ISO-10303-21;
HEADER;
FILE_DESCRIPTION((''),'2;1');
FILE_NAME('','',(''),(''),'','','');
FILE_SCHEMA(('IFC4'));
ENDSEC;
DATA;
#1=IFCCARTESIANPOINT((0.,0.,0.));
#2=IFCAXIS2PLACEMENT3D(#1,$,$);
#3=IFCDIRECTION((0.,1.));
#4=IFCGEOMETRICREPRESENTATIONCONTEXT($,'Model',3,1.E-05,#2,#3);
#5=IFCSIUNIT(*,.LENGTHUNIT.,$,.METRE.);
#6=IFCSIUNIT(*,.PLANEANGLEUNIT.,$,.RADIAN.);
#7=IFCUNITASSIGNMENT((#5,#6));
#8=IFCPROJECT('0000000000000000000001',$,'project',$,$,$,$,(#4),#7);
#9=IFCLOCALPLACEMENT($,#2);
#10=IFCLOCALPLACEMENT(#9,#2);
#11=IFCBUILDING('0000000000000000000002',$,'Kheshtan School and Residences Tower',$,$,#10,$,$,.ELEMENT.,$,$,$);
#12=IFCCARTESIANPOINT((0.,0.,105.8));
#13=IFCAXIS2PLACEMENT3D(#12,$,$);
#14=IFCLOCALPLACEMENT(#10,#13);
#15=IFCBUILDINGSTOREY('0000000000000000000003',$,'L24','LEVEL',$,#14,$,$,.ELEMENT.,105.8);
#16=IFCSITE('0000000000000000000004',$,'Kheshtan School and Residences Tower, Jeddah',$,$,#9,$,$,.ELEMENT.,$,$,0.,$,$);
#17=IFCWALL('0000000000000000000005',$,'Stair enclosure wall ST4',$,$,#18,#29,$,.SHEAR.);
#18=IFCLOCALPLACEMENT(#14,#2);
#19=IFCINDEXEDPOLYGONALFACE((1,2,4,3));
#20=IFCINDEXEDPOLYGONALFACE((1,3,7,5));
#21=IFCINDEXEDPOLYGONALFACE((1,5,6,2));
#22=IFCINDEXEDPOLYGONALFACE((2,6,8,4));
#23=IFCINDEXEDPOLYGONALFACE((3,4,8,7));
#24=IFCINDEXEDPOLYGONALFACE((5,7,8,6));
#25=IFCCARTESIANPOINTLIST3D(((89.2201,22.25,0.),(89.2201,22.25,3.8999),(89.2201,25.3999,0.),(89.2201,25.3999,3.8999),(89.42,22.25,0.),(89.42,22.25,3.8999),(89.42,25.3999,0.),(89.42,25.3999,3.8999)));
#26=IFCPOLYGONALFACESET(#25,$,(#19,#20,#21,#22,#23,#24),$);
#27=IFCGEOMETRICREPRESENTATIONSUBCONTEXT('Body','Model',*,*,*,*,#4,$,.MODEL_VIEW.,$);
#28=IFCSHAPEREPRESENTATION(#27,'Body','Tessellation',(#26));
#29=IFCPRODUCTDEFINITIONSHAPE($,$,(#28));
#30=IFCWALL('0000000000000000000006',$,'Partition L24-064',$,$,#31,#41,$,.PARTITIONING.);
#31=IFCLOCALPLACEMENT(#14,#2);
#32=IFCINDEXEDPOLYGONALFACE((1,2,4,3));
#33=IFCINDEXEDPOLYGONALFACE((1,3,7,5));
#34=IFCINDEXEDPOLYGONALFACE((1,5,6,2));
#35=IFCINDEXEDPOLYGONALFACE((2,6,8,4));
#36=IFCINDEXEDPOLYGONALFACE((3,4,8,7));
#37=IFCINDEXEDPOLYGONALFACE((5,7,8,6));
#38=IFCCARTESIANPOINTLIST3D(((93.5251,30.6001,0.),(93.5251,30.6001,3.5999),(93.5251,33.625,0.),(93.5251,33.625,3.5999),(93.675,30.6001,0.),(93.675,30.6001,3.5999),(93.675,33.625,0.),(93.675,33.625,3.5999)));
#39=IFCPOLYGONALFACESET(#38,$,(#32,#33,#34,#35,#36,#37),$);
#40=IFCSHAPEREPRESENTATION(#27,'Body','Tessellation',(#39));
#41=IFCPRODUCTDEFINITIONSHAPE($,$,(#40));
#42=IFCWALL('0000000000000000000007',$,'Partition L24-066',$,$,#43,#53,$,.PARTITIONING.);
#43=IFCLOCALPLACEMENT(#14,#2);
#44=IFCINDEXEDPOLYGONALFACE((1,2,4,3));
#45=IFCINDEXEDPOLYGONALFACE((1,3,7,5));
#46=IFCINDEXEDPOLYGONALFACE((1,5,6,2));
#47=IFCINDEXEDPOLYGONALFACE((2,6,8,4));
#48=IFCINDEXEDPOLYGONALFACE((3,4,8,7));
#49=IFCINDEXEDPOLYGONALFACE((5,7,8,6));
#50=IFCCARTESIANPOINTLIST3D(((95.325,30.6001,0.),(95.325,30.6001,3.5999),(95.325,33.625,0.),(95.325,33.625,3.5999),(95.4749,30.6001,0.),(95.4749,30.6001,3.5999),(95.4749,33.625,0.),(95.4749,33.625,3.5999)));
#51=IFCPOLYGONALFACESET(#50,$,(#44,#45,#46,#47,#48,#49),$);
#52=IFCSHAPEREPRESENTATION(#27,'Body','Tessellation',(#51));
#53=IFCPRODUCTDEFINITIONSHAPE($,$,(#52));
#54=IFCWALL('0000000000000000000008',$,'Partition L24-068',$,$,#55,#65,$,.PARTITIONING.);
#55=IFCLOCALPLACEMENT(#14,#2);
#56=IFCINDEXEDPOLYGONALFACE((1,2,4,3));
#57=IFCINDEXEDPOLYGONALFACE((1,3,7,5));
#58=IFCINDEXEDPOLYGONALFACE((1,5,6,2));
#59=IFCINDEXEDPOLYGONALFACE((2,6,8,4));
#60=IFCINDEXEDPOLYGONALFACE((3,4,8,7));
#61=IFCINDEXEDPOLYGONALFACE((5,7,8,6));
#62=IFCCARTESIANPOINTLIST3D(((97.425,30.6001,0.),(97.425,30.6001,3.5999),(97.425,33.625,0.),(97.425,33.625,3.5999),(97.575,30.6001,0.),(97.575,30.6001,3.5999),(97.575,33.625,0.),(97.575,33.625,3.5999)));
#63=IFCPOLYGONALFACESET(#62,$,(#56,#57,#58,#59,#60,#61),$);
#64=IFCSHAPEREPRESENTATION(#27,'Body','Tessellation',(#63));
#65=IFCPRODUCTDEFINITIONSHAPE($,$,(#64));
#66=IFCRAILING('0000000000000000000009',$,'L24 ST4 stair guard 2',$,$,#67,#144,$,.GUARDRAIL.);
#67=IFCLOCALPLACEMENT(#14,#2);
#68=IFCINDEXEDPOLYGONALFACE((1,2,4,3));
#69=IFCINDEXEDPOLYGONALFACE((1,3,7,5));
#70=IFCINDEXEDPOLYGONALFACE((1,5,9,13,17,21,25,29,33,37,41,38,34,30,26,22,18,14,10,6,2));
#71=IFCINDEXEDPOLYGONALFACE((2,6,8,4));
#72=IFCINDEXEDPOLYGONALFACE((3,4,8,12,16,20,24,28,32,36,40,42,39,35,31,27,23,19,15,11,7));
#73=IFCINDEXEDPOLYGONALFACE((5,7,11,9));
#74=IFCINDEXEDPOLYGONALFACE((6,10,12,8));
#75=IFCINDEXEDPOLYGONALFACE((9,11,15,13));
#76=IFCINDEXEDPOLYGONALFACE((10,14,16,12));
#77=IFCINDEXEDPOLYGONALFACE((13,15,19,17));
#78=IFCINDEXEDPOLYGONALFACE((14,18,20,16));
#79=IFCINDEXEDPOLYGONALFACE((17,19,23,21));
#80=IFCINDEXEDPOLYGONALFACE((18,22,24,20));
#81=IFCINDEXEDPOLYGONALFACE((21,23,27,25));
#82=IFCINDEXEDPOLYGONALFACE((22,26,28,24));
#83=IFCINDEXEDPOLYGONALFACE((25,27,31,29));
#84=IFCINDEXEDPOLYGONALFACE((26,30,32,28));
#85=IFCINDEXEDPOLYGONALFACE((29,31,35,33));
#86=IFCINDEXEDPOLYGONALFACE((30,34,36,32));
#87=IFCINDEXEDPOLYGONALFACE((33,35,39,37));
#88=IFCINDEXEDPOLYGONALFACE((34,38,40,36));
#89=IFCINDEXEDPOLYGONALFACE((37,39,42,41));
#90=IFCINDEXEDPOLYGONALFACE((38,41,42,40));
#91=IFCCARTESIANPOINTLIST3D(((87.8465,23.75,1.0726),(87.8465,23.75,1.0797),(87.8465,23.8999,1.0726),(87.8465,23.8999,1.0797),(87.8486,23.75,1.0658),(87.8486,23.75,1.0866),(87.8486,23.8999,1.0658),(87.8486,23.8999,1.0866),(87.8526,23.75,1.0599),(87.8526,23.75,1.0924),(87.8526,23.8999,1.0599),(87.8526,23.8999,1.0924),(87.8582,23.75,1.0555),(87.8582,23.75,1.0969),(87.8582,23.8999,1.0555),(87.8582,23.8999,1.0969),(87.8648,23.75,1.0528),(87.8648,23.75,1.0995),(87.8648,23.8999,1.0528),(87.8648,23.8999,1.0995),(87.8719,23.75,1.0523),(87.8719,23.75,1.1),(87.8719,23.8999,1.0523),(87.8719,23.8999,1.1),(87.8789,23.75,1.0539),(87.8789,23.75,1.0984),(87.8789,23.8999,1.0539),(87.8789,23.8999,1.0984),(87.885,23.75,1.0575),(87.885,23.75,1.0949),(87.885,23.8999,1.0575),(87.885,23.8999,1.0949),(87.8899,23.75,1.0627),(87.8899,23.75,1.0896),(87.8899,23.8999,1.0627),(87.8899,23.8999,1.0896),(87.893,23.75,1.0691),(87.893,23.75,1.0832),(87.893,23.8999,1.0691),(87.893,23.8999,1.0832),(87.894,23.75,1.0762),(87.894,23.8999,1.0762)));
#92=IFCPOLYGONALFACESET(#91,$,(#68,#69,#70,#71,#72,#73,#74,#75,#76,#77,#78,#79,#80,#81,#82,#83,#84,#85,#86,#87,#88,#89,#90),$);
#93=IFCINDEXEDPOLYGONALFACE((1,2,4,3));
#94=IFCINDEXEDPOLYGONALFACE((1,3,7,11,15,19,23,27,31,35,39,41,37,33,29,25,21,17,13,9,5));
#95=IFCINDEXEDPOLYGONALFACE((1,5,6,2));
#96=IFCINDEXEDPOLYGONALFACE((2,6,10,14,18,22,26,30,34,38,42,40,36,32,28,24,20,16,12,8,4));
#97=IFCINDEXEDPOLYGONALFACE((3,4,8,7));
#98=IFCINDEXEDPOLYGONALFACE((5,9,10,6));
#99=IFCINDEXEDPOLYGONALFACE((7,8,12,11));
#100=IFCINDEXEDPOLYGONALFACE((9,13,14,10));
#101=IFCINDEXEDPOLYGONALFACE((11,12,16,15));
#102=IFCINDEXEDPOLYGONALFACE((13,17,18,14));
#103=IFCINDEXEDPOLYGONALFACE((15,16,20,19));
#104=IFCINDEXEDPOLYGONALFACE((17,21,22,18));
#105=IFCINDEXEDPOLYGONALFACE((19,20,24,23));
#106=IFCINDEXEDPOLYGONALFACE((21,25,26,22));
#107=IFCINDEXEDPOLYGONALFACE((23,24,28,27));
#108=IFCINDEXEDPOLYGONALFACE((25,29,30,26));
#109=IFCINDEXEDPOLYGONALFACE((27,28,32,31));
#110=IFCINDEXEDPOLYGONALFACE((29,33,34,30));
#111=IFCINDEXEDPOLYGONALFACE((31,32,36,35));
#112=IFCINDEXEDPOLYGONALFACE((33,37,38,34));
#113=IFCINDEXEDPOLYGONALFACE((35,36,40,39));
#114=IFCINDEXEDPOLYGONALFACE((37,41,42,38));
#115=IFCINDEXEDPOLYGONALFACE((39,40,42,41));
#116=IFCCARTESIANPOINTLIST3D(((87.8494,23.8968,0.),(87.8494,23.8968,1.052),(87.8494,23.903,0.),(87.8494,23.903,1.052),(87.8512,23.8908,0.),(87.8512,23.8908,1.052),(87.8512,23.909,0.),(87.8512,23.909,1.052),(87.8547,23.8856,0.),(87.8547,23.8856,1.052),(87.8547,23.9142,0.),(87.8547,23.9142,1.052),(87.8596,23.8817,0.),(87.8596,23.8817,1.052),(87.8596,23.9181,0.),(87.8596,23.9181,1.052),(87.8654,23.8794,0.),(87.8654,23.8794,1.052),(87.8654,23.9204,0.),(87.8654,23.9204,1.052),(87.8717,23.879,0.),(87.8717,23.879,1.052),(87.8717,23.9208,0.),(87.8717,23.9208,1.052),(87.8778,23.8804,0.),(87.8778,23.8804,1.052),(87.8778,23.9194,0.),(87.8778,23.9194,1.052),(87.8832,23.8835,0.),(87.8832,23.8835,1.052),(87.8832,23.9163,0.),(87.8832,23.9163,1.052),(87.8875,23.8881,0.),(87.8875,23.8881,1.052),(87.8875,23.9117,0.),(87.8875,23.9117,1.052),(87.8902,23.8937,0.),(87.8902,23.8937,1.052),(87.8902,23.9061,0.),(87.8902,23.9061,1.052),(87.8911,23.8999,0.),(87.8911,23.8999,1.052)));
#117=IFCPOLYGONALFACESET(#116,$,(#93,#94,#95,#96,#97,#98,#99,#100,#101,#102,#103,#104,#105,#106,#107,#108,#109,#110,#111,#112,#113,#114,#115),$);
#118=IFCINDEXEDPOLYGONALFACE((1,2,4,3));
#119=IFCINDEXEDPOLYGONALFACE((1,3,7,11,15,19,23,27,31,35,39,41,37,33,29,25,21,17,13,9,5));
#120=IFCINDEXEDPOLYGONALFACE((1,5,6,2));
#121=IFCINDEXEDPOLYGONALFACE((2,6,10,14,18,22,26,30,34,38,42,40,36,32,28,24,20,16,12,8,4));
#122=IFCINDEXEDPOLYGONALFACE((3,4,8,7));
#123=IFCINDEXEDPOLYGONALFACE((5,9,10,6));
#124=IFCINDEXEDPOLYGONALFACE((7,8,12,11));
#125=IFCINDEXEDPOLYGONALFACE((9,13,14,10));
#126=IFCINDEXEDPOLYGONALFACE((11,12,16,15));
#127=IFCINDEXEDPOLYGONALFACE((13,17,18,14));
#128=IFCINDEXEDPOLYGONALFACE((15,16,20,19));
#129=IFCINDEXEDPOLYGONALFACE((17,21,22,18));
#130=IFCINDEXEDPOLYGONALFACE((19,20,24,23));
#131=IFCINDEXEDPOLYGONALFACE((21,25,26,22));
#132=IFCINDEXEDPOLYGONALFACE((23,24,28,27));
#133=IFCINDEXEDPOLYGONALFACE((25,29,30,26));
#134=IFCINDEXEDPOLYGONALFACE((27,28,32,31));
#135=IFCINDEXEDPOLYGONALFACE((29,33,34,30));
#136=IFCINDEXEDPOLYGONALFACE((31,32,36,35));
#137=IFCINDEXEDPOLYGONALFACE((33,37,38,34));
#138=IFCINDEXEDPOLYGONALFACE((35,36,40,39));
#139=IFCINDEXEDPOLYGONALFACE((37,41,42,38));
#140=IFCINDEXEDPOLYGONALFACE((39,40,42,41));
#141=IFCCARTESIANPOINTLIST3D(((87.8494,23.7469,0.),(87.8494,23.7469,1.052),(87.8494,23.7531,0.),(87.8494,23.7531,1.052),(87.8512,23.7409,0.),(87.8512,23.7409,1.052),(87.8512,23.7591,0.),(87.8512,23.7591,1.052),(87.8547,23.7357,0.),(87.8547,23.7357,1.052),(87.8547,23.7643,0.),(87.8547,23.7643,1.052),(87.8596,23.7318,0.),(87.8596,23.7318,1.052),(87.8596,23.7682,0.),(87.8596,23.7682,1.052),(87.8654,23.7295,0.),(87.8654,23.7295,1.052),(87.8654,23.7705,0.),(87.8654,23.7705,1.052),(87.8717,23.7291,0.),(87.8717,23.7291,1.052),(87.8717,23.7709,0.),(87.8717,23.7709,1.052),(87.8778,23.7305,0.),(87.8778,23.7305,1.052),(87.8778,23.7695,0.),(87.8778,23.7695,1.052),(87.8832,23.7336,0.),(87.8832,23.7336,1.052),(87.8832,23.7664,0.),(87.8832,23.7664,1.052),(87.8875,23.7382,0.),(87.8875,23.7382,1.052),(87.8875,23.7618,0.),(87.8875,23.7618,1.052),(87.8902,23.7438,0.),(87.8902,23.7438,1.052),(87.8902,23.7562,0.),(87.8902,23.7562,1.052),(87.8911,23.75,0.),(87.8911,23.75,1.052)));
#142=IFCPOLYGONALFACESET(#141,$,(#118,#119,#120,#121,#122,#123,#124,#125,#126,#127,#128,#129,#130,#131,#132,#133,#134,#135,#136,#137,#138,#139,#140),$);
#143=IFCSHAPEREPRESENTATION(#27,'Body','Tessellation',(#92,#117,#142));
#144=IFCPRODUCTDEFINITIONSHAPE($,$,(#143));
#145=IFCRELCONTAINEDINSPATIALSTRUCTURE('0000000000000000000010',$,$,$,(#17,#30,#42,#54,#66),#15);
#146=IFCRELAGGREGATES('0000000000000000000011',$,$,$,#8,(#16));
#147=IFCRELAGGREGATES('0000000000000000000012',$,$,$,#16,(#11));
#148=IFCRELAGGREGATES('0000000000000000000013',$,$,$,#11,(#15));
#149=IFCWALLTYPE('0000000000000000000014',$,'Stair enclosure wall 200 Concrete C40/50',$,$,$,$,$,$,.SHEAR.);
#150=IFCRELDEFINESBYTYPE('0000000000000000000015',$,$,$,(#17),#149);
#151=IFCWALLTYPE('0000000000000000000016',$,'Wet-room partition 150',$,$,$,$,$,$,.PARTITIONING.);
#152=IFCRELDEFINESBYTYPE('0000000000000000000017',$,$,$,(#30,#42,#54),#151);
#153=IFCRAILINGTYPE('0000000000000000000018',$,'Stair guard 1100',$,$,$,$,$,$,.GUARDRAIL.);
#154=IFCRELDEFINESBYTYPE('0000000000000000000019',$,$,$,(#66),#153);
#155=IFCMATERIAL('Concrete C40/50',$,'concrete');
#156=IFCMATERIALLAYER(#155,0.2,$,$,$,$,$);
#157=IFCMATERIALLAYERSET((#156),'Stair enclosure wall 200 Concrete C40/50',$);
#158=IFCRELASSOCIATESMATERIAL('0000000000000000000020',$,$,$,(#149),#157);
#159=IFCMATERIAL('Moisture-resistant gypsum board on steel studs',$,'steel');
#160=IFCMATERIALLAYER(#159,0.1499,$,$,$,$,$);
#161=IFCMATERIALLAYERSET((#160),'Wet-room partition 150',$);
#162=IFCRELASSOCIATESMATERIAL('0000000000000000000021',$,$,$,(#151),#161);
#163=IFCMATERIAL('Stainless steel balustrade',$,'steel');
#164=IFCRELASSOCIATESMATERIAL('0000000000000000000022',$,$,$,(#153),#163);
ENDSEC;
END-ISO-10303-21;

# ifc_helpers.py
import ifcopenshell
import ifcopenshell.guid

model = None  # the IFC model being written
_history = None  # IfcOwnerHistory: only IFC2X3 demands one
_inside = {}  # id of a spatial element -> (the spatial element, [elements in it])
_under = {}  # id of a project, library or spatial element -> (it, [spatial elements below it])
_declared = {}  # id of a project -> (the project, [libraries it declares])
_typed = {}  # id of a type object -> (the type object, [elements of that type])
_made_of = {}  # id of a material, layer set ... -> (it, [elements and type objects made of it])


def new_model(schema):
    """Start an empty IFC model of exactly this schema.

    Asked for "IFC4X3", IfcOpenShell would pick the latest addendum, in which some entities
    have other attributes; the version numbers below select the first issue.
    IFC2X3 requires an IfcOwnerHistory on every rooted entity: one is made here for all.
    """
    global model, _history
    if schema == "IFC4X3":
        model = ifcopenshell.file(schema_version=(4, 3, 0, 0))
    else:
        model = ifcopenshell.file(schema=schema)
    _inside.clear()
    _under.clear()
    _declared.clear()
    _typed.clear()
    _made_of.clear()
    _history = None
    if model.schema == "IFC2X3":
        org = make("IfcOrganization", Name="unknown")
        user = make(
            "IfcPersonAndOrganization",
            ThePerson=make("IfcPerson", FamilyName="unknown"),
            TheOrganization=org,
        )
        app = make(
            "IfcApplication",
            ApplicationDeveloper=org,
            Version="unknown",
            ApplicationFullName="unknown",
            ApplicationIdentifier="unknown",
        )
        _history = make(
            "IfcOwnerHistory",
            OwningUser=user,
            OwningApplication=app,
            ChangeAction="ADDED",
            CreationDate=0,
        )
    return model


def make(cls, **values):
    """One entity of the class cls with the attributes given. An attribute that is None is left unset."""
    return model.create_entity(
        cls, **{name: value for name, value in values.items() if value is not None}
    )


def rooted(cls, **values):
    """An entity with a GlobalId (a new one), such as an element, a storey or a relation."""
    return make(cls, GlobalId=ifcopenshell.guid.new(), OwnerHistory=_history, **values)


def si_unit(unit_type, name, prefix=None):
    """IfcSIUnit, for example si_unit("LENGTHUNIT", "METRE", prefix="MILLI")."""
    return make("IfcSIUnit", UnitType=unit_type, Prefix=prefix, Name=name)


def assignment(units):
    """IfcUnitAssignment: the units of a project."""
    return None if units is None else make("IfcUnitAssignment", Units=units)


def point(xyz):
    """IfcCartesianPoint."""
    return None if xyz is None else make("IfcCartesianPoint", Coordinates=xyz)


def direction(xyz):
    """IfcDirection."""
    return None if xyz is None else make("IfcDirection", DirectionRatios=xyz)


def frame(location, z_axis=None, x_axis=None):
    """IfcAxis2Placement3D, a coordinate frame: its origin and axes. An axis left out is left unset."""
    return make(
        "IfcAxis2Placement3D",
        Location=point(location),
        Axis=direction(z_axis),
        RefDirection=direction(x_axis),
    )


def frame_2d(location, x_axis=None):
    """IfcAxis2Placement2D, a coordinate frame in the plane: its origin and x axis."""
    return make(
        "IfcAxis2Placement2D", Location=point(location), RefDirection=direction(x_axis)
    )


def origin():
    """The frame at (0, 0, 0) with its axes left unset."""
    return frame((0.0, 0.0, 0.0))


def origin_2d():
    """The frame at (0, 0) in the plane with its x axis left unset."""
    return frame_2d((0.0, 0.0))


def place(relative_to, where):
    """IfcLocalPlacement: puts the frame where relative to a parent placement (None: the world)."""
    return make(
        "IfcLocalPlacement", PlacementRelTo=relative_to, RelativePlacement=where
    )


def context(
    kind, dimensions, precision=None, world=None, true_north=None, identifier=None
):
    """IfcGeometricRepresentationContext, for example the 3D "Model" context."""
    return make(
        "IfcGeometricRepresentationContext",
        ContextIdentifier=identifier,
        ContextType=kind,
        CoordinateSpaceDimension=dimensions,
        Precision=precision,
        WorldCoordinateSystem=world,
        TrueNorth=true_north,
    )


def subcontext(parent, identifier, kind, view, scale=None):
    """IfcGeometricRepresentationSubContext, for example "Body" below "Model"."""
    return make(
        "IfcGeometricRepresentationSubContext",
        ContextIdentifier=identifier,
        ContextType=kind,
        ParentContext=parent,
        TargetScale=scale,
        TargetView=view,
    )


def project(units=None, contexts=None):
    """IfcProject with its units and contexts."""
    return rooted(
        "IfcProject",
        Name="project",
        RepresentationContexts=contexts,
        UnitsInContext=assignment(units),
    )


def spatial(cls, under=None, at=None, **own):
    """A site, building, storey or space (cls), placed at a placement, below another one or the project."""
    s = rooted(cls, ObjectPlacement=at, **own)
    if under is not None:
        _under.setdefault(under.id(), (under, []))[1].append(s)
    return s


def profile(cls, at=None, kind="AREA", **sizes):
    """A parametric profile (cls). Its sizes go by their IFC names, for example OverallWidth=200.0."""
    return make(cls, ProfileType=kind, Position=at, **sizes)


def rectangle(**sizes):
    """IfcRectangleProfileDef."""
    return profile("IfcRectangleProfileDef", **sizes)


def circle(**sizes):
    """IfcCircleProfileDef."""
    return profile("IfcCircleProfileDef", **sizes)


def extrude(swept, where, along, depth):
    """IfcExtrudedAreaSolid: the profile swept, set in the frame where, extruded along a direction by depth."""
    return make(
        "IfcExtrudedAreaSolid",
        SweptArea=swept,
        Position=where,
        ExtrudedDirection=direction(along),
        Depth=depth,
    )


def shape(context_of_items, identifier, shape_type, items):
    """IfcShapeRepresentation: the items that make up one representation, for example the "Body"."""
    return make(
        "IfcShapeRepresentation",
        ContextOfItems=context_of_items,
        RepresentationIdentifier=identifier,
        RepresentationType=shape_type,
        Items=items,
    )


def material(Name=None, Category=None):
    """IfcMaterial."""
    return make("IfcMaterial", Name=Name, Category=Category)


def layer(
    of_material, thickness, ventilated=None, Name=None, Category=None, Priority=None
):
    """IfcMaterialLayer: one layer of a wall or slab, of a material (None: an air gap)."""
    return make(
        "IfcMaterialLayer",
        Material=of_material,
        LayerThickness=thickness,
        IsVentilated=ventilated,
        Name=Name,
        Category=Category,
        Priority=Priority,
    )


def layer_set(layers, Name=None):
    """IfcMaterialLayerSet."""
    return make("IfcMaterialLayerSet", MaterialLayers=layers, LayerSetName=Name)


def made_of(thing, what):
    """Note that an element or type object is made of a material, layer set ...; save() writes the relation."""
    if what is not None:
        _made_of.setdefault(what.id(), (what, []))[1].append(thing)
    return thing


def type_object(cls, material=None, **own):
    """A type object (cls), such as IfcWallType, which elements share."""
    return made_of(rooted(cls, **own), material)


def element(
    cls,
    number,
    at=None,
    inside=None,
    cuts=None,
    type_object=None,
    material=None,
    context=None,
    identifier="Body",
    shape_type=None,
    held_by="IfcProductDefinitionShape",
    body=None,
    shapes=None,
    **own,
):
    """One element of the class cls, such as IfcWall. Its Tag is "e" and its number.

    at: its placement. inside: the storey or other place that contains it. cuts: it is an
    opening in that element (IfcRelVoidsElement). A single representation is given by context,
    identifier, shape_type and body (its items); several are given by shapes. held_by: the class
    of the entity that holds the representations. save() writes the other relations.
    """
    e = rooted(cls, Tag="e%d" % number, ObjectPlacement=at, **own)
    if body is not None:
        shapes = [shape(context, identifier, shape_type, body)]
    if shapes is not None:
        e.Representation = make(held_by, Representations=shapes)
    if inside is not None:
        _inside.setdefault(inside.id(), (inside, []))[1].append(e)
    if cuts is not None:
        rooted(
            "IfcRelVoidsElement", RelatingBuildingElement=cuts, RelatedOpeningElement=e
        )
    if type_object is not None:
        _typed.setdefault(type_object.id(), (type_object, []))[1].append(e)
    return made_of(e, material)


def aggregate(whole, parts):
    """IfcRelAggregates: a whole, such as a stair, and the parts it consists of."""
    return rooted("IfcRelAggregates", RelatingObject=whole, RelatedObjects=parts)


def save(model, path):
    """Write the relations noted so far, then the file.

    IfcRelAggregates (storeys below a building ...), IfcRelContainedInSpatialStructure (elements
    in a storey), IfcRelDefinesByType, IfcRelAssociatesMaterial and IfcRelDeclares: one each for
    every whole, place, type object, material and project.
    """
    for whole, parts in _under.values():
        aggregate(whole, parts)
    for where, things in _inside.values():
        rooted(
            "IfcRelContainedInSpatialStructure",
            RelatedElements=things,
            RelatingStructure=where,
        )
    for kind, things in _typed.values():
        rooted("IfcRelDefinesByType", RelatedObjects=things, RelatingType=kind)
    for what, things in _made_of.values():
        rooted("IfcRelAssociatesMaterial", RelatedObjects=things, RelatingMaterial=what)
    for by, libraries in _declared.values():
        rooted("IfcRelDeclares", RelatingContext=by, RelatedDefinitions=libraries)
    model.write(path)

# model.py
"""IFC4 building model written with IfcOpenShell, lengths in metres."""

from ifc_helpers import new_model, si_unit, direction, frame, frame_2d, origin, origin_2d, place, context, subcontext, project, spatial, rectangle, circle, extrude, material, layer, layer_set, type_object, element, save


model = new_model("IFC4")

# Units and contexts
model_context = context("Model", 3, precision=1e-05, world=origin(), true_north=direction((0.0, 1.0)))
body_context = subcontext(model_context, "Body", "Model", "MODEL_VIEW")
ifc_project = project(units=[si_unit("LENGTHUNIT", "METRE"), si_unit("PLANEANGLEUNIT", "RADIAN")], contexts=[model_context])

# Site, building, storey
site_placement = place(None, origin())
site = spatial("IfcSite", under=ifc_project, at=site_placement, Name="Kheshtan School and Residences Tower, Jeddah", CompositionType="ELEMENT", RefElevation=0.0)
building_placement = place(site_placement, origin())
building = spatial("IfcBuilding", under=site, at=building_placement, Name="Kheshtan School and Residences Tower", CompositionType="ELEMENT")
storey_placement = place(building_placement, frame((0.0, 0.0, 105.8)))
storey = spatial("IfcBuildingStorey", under=building, at=storey_placement, Name="L24", Description="LEVEL", CompositionType="ELEMENT", Elevation=105.8)

# Walls
ifc_material_1 = material(Name="Concrete C40/50", Category="concrete")
ifc_layer_1 = layer(ifc_material_1, 0.2)
ifc_layer_set_1 = layer_set([ifc_layer_1], Name="Stair enclosure wall 200 Concrete C40/50")
wall_type_1 = type_object("IfcWallType", Name="Stair enclosure wall 200 Concrete C40/50", PredefinedType="SHEAR", material=ifc_layer_set_1)
wall_1_placement = place(storey_placement, frame((89.3201, 22.25, 0.0), z_axis=(0.0, 0.0, 1.0), x_axis=(0.0, 1.0, 0.0)))
element("IfcWall", 1, at=wall_1_placement, inside=storey, type_object=wall_type_1, Name="Stair enclosure wall ST4", PredefinedType="SHEAR", context=body_context, shape_type="SweptSolid", body=[
    extrude(rectangle(XDim=3.1499, YDim=0.2, at=frame_2d((1.575, 0.0))), origin(), (0.0, 0.0, 1.0), 3.8999),
])
ifc_material_2 = material(Name="Moisture-resistant gypsum board on steel studs", Category="steel")
ifc_layer_2 = layer(ifc_material_2, 0.1499)
ifc_layer_set_2 = layer_set([ifc_layer_2], Name="Wet-room partition 150")
wall_type_2 = type_object("IfcWallType", Name="Wet-room partition 150", PredefinedType="PARTITIONING", material=ifc_layer_set_2)
for number, where, z_axis, x_axis, name in (
    (2, (93.6001, 30.6001, 0.0), (0.0, 0.0, 1.0), (0.0, 1.0, 0.0), "Partition L24-064"),
    (3, (95.3999, 30.6001, 0.0), (0.0, 0.0, 1.0), (0.0, 1.0, 0.0), "Partition L24-066"),
    (4, (97.5, 30.6001, 0.0), (0.0, 0.0, 1.0), (0.0, 1.0, 0.0), "Partition L24-068"),
):
    element("IfcWall", number, at=place(storey_placement, frame(where, z_axis=z_axis, x_axis=x_axis)), inside=storey, type_object=wall_type_2, Name=name, PredefinedType="PARTITIONING", context=body_context, shape_type="SweptSolid", body=[
        extrude(rectangle(XDim=3.0249, YDim=0.1499, at=frame_2d((1.5125, 0.0))), origin(), (0.0, 0.0, 1.0), 3.5999),
    ])

# Railing
ifc_material_3 = material(Name="Stainless steel balustrade", Category="steel")
railing_type_1 = type_object("IfcRailingType", Name="Stair guard 1100", PredefinedType="GUARDRAIL", material=ifc_material_3)
railing_1_placement = place(storey_placement, frame((87.8701, 23.8999, 0.0)))
element("IfcRailing", 5, at=railing_1_placement, inside=storey, type_object=railing_type_1, Name="L24 ST4 stair guard 2", PredefinedType="GUARDRAIL", context=body_context, shape_type="SweptSolid", body=[
    extrude(circle(Radius=0.0239, at=origin_2d()), frame((0.0, 0.0, 1.0762), z_axis=(0.0, -1.0, 0.0), x_axis=(1.0, 0.0, 0.0)), (0.0, 0.0, 1.0), 0.1499),
    extrude(circle(Radius=0.021, at=origin_2d()), origin(), (0.0, 0.0, 1.0), 1.052),
    extrude(circle(Radius=0.021, at=origin_2d()), frame((0.0, -0.1499, 0.0)), (0.0, 0.0, 1.0), 1.052),
])

save(model, "model.ifc")
